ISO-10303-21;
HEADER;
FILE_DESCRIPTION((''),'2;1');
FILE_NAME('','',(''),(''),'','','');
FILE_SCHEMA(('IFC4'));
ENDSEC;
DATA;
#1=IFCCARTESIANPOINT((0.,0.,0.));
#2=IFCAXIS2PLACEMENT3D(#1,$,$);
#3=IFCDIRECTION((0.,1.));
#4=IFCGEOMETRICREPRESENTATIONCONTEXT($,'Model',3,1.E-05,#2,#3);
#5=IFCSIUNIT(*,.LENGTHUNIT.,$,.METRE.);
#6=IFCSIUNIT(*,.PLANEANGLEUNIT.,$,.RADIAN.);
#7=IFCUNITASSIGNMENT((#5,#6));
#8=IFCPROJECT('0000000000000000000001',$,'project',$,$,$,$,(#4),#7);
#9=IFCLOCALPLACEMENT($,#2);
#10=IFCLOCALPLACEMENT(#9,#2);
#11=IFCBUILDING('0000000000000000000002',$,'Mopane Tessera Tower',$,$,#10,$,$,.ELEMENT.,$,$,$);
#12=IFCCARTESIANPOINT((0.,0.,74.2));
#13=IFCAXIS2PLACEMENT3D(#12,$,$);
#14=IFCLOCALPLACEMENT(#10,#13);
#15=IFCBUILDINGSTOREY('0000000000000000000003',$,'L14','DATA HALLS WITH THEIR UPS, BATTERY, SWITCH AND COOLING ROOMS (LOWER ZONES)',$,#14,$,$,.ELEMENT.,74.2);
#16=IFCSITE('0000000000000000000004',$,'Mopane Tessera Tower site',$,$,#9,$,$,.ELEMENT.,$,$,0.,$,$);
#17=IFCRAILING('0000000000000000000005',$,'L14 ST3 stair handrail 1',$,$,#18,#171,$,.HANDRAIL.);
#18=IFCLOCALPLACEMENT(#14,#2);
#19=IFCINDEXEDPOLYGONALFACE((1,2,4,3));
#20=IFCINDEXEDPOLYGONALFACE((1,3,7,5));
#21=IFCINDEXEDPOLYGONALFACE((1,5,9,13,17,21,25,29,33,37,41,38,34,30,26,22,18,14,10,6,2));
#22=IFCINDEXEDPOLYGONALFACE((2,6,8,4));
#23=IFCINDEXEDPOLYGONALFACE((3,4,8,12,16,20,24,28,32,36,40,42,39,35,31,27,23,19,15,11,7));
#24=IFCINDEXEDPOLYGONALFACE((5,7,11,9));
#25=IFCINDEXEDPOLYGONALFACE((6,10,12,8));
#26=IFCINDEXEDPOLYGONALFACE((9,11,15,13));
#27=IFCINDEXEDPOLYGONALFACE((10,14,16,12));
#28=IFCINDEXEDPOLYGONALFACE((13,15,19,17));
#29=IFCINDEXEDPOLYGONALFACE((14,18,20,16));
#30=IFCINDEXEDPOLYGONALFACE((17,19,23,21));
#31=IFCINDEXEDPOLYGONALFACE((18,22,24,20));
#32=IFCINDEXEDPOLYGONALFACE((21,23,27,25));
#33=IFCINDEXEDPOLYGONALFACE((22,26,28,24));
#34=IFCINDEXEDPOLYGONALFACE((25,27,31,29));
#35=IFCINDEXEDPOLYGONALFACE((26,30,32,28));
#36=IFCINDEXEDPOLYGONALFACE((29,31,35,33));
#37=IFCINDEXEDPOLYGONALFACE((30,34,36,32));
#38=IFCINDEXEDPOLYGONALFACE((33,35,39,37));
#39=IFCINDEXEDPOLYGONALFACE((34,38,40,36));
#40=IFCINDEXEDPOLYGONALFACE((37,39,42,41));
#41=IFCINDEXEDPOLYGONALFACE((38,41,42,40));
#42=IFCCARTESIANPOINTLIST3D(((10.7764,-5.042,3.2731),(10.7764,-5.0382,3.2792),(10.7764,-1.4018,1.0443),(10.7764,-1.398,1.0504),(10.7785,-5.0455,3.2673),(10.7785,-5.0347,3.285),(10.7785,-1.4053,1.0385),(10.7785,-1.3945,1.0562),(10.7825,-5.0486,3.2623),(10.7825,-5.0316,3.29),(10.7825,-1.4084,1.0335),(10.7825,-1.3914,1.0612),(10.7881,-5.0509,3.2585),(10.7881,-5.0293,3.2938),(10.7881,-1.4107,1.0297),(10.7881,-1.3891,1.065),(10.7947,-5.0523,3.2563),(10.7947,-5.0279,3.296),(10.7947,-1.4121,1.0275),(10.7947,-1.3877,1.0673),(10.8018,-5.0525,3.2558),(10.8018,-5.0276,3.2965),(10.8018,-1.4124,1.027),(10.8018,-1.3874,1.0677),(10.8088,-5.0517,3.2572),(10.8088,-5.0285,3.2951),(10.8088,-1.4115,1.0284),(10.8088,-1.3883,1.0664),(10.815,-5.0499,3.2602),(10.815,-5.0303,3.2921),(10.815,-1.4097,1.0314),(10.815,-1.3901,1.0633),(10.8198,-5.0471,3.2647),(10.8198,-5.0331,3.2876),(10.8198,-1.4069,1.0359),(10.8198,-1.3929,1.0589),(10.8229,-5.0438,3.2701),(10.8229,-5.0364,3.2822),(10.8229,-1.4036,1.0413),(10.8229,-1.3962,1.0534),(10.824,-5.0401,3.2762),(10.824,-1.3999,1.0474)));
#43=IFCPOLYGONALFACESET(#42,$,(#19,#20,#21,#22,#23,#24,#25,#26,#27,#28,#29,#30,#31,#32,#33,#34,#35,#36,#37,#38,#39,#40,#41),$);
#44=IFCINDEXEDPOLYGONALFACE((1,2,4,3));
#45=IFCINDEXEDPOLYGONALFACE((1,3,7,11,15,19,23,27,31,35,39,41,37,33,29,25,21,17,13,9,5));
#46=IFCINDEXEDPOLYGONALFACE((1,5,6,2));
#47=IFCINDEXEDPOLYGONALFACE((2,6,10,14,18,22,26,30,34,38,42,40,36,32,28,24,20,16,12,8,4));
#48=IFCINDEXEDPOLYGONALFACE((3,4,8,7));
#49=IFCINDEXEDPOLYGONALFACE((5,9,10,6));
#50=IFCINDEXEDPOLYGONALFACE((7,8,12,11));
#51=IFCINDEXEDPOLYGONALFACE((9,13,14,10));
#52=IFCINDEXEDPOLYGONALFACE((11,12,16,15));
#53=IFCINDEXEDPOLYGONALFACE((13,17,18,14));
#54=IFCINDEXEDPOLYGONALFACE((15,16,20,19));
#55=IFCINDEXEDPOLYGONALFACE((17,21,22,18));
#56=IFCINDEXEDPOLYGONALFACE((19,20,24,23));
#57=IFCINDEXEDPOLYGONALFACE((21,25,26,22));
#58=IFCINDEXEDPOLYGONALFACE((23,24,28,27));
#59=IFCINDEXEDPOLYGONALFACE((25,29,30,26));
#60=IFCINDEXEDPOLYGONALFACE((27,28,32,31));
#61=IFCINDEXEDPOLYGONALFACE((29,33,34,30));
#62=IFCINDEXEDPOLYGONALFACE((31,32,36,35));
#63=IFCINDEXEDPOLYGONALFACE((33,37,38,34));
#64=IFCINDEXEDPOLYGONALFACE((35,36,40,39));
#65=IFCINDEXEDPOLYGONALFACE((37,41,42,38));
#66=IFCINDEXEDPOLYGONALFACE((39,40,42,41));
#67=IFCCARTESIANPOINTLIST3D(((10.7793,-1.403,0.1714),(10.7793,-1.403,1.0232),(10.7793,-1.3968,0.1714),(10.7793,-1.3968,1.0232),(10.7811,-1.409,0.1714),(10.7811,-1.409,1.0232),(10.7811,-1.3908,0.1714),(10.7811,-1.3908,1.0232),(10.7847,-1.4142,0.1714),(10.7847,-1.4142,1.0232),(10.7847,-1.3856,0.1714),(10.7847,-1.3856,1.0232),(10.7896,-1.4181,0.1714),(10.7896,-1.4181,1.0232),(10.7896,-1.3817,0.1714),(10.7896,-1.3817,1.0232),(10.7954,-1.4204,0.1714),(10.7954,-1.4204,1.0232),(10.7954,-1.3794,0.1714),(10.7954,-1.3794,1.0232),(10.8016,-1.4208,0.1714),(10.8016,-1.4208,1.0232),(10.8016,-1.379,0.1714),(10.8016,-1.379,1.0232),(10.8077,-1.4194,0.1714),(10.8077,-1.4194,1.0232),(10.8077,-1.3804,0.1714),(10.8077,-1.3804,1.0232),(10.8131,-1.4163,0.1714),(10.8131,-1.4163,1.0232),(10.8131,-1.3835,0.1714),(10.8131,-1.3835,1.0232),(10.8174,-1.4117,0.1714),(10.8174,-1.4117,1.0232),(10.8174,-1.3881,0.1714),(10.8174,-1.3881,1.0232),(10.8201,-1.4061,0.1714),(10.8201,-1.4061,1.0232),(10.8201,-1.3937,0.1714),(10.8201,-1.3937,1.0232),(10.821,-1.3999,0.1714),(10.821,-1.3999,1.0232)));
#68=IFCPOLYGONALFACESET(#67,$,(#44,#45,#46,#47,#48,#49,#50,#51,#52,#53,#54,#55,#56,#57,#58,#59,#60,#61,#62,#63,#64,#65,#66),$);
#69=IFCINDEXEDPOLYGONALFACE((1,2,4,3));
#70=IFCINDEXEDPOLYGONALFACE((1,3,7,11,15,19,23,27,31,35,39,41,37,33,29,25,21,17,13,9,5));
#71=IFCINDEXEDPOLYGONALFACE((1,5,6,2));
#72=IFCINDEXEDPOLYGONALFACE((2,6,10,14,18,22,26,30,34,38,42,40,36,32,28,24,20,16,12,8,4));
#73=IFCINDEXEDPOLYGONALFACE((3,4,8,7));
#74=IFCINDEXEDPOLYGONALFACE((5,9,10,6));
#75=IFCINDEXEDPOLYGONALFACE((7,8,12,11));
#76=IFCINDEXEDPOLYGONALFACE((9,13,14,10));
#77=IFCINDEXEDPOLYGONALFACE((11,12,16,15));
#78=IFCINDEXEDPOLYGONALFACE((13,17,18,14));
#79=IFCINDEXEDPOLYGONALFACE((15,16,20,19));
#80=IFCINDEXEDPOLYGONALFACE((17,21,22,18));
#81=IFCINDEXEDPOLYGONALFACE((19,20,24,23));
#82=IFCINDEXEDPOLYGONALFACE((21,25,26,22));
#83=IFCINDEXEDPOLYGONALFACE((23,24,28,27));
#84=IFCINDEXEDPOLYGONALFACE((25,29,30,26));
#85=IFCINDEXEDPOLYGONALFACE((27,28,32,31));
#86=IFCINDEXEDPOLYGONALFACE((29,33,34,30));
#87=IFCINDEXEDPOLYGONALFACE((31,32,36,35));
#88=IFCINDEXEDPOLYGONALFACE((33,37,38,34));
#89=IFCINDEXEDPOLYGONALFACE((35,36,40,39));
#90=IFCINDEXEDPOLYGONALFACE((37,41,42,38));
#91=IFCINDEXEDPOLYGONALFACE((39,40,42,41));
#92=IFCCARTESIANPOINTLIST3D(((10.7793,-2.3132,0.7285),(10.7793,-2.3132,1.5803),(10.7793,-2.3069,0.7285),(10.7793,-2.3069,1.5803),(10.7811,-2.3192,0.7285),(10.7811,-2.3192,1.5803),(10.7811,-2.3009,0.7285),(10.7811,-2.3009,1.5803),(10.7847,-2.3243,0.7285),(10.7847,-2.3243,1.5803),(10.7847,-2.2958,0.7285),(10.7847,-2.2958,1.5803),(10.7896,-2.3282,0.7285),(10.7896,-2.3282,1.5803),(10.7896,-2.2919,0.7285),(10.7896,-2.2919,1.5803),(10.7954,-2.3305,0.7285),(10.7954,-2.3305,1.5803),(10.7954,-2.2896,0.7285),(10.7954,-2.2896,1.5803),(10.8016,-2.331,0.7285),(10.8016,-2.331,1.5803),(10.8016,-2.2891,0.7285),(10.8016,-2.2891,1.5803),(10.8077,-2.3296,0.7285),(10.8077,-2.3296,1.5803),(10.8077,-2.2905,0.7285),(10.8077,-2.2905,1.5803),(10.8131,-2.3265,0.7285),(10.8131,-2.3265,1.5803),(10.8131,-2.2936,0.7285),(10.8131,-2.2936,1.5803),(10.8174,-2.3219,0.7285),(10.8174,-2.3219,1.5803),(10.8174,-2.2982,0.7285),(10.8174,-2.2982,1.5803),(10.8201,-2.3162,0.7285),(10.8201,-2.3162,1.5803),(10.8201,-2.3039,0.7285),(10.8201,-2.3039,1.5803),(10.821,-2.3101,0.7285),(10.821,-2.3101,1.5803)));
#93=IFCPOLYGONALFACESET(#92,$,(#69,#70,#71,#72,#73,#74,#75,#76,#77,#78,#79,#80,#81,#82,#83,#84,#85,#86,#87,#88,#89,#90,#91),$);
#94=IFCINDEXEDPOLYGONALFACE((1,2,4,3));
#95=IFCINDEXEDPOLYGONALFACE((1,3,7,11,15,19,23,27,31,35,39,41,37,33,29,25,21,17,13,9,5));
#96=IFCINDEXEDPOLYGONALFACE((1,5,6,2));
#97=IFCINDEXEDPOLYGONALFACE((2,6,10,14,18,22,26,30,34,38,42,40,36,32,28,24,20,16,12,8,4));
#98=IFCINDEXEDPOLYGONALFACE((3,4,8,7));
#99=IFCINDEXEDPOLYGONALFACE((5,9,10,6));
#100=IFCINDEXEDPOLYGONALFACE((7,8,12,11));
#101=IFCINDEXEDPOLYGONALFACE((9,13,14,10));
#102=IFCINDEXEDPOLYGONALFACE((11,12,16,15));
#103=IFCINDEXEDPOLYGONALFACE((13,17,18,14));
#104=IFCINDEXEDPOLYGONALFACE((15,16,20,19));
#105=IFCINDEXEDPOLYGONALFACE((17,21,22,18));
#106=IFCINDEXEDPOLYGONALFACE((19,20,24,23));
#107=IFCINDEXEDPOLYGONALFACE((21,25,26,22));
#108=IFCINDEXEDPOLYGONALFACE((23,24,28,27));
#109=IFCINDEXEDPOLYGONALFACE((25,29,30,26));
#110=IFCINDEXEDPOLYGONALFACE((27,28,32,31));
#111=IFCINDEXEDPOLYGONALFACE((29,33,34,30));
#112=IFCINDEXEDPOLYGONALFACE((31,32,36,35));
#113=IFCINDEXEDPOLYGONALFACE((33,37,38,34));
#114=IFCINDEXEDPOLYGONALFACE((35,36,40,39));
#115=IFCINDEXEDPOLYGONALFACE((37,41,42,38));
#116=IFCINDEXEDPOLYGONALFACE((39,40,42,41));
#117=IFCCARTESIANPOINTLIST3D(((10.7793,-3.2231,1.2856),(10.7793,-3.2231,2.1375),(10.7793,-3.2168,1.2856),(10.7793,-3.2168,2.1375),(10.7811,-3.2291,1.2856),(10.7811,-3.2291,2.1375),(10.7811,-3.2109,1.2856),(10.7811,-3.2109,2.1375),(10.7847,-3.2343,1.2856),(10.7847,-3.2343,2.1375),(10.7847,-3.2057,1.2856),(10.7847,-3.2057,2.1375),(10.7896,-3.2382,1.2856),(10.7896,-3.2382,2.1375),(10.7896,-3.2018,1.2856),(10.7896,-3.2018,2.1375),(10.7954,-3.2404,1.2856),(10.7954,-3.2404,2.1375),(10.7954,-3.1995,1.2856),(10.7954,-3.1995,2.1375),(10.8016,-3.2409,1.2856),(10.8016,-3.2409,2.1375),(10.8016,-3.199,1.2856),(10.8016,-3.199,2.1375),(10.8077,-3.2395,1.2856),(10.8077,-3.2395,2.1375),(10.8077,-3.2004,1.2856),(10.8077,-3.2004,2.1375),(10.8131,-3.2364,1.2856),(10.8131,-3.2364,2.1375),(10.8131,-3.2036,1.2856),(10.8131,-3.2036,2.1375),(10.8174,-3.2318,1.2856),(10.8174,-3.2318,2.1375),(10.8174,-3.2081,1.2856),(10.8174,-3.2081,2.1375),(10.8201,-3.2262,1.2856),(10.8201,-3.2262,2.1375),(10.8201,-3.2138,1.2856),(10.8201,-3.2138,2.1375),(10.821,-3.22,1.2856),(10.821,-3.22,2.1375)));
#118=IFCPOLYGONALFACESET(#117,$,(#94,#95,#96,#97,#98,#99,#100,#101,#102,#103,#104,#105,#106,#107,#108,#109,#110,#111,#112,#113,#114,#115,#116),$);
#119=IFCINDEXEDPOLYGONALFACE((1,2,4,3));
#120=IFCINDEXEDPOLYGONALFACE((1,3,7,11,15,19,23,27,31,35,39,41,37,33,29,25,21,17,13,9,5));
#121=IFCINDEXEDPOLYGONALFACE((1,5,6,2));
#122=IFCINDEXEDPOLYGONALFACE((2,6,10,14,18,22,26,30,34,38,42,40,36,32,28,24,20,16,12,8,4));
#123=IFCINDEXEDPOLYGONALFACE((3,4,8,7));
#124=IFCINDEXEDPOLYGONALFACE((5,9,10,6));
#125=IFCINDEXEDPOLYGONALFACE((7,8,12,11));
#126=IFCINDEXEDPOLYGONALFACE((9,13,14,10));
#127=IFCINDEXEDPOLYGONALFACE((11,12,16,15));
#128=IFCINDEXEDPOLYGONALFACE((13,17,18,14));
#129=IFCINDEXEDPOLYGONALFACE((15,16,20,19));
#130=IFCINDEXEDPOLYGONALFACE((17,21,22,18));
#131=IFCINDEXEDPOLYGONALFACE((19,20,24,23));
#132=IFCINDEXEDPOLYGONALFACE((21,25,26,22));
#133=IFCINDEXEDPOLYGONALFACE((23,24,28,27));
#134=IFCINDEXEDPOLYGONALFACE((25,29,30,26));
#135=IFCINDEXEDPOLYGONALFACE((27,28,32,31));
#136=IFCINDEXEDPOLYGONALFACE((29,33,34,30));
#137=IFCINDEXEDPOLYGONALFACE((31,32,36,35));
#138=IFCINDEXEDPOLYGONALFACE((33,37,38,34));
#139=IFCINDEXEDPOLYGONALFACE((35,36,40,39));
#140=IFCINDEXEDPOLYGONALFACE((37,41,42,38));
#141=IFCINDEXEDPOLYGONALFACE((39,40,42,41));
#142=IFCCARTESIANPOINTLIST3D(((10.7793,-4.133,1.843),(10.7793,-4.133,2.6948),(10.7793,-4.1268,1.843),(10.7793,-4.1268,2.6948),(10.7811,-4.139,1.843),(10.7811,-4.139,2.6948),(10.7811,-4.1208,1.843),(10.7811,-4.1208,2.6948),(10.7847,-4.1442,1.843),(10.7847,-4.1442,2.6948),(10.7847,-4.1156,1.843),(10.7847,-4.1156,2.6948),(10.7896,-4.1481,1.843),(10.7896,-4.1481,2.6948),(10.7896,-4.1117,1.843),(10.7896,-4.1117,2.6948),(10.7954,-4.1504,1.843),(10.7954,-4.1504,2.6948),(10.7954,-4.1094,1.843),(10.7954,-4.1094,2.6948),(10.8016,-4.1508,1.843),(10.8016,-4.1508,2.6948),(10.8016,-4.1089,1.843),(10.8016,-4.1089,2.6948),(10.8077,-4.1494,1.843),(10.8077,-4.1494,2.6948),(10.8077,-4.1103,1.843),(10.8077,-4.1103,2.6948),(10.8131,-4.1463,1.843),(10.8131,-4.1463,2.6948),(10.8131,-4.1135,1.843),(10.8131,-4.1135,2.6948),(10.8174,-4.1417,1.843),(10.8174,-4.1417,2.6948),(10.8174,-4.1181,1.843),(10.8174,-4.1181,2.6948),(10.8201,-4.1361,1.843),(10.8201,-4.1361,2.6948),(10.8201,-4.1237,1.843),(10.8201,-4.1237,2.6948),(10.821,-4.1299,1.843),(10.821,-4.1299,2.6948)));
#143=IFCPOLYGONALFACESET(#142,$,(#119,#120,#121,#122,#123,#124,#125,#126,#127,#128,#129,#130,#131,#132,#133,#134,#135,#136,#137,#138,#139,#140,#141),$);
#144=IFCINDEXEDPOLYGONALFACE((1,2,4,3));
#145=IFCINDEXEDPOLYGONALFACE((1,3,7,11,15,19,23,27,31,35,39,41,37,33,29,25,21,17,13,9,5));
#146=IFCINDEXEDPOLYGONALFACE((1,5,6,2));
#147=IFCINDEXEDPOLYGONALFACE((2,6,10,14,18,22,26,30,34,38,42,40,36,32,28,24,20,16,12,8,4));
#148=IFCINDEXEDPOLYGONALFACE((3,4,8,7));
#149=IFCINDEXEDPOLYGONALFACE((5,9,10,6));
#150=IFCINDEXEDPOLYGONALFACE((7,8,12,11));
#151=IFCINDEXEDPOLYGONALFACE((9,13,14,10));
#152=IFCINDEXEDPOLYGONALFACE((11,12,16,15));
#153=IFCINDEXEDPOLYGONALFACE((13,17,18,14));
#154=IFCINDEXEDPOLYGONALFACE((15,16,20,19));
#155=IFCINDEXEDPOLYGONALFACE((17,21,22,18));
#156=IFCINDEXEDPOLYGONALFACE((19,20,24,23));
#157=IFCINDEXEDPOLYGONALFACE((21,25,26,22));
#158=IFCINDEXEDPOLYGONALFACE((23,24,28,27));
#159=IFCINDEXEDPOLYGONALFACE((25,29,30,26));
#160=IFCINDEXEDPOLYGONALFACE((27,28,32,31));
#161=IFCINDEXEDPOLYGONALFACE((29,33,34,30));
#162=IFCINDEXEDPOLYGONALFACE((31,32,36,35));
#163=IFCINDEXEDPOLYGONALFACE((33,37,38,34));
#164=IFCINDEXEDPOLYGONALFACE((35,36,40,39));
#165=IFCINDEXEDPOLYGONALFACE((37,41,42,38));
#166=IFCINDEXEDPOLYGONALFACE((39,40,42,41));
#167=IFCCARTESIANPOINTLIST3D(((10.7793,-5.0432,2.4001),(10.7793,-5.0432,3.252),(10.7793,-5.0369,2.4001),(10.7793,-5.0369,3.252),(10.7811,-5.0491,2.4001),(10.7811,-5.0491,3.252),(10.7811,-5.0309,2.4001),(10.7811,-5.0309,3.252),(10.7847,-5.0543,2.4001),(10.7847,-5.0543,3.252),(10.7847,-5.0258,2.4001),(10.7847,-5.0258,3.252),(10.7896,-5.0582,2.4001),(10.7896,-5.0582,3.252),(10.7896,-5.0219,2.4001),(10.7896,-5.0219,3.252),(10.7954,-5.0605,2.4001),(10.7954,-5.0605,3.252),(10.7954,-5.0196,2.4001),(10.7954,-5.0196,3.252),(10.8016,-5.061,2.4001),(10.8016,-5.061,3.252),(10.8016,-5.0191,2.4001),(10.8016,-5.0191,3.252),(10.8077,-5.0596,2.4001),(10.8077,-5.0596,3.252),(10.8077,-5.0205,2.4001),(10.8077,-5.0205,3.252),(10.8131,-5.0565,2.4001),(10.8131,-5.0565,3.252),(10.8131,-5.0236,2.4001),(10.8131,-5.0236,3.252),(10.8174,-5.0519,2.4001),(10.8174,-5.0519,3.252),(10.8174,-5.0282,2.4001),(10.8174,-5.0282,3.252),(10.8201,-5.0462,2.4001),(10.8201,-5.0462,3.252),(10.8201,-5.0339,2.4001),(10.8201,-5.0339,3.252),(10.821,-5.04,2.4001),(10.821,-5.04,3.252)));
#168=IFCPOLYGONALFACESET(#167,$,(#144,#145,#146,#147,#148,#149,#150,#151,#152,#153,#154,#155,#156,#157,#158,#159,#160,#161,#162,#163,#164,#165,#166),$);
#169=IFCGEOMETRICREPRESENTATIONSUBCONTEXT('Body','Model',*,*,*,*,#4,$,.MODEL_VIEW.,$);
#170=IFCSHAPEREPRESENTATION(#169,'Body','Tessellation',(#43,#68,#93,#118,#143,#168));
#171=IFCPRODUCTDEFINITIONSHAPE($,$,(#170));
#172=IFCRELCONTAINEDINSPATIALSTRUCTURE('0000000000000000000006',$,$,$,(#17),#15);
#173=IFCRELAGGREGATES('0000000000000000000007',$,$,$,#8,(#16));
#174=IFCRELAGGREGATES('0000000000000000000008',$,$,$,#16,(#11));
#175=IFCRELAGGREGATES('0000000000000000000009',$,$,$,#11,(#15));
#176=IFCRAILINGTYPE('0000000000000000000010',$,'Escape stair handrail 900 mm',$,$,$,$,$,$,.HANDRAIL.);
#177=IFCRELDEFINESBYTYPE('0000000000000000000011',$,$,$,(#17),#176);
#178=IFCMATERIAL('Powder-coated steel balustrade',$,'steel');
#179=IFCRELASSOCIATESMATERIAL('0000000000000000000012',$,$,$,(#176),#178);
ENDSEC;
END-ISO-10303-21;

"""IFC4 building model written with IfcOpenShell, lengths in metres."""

from ifc_helpers import new_model, si_unit, direction, frame, origin, origin_2d, place, context, subcontext, project, spatial, circle, extrude, material, type_object, element, save


model = new_model("IFC4")

# Units and contexts
model_context = context("Model", 3, precision=1e-05, world=origin(), true_north=direction((0.0, 1.0)))
body_context = subcontext(model_context, "Body", "Model", "MODEL_VIEW")
ifc_project = project(units=[si_unit("LENGTHUNIT", "METRE"), si_unit("PLANEANGLEUNIT", "RADIAN")], contexts=[model_context])

# Site, building, storey
site_placement = place(None, origin())
site = spatial("IfcSite", under=ifc_project, at=site_placement, Name="Mopane Tessera Tower site", CompositionType="ELEMENT", RefElevation=0.0)
building_placement = place(site_placement, origin())
building = spatial("IfcBuilding", under=site, at=building_placement, Name="Mopane Tessera Tower", CompositionType="ELEMENT")
storey_placement = place(building_placement, frame((0.0, 0.0, 74.2)))
storey = spatial("IfcBuildingStorey", under=building, at=storey_placement, Name="L14", Description="DATA HALLS WITH THEIR UPS, BATTERY, SWITCH AND COOLING ROOMS (LOWER ZONES)", CompositionType="ELEMENT", Elevation=74.2)

# Railing
ifc_material_1 = material(Name="Powder-coated steel balustrade", Category="steel")
railing_type_1 = type_object("IfcRailingType", Name="Escape stair handrail 900 mm", PredefinedType="HANDRAIL", material=ifc_material_1)
railing_1_placement = place(storey_placement, frame((10.8, -1.3999, 0.1714)))
element("IfcRailing", 1, at=railing_1_placement, inside=storey, type_object=railing_type_1, Name="L14 ST3 stair handrail 1", PredefinedType="HANDRAIL", context=body_context, shape_type="SweptSolid", body=[
    extrude(circle(Radius=0.0239, at=origin_2d()), frame((0.0, 0.0, 0.876), z_axis=(0.0, -0.85284, 0.522172), x_axis=(1.0, 0.0, 0.0)), (0.0, 0.0, 1.0), 4.2683),
    extrude(circle(Radius=0.021, at=origin_2d()), origin(), (0.0, 0.0, 1.0), 0.8518),
    extrude(circle(Radius=0.021, at=origin_2d()), frame((0.0, -0.9102, 0.5571)), (0.0, 0.0, 1.0), 0.8518),
    extrude(circle(Radius=0.021, at=origin_2d()), frame((0.0, -1.8201, 1.1143)), (0.0, 0.0, 1.0), 0.8518),
    extrude(circle(Radius=0.021, at=origin_2d()), frame((0.0, -2.73, 1.6716)), (0.0, 0.0, 1.0), 0.8518),
    extrude(circle(Radius=0.021, at=origin_2d()), frame((0.0, -3.6401, 2.2288)), (0.0, 0.0, 1.0), 0.8518),
])

save(model, "model.ifc")
